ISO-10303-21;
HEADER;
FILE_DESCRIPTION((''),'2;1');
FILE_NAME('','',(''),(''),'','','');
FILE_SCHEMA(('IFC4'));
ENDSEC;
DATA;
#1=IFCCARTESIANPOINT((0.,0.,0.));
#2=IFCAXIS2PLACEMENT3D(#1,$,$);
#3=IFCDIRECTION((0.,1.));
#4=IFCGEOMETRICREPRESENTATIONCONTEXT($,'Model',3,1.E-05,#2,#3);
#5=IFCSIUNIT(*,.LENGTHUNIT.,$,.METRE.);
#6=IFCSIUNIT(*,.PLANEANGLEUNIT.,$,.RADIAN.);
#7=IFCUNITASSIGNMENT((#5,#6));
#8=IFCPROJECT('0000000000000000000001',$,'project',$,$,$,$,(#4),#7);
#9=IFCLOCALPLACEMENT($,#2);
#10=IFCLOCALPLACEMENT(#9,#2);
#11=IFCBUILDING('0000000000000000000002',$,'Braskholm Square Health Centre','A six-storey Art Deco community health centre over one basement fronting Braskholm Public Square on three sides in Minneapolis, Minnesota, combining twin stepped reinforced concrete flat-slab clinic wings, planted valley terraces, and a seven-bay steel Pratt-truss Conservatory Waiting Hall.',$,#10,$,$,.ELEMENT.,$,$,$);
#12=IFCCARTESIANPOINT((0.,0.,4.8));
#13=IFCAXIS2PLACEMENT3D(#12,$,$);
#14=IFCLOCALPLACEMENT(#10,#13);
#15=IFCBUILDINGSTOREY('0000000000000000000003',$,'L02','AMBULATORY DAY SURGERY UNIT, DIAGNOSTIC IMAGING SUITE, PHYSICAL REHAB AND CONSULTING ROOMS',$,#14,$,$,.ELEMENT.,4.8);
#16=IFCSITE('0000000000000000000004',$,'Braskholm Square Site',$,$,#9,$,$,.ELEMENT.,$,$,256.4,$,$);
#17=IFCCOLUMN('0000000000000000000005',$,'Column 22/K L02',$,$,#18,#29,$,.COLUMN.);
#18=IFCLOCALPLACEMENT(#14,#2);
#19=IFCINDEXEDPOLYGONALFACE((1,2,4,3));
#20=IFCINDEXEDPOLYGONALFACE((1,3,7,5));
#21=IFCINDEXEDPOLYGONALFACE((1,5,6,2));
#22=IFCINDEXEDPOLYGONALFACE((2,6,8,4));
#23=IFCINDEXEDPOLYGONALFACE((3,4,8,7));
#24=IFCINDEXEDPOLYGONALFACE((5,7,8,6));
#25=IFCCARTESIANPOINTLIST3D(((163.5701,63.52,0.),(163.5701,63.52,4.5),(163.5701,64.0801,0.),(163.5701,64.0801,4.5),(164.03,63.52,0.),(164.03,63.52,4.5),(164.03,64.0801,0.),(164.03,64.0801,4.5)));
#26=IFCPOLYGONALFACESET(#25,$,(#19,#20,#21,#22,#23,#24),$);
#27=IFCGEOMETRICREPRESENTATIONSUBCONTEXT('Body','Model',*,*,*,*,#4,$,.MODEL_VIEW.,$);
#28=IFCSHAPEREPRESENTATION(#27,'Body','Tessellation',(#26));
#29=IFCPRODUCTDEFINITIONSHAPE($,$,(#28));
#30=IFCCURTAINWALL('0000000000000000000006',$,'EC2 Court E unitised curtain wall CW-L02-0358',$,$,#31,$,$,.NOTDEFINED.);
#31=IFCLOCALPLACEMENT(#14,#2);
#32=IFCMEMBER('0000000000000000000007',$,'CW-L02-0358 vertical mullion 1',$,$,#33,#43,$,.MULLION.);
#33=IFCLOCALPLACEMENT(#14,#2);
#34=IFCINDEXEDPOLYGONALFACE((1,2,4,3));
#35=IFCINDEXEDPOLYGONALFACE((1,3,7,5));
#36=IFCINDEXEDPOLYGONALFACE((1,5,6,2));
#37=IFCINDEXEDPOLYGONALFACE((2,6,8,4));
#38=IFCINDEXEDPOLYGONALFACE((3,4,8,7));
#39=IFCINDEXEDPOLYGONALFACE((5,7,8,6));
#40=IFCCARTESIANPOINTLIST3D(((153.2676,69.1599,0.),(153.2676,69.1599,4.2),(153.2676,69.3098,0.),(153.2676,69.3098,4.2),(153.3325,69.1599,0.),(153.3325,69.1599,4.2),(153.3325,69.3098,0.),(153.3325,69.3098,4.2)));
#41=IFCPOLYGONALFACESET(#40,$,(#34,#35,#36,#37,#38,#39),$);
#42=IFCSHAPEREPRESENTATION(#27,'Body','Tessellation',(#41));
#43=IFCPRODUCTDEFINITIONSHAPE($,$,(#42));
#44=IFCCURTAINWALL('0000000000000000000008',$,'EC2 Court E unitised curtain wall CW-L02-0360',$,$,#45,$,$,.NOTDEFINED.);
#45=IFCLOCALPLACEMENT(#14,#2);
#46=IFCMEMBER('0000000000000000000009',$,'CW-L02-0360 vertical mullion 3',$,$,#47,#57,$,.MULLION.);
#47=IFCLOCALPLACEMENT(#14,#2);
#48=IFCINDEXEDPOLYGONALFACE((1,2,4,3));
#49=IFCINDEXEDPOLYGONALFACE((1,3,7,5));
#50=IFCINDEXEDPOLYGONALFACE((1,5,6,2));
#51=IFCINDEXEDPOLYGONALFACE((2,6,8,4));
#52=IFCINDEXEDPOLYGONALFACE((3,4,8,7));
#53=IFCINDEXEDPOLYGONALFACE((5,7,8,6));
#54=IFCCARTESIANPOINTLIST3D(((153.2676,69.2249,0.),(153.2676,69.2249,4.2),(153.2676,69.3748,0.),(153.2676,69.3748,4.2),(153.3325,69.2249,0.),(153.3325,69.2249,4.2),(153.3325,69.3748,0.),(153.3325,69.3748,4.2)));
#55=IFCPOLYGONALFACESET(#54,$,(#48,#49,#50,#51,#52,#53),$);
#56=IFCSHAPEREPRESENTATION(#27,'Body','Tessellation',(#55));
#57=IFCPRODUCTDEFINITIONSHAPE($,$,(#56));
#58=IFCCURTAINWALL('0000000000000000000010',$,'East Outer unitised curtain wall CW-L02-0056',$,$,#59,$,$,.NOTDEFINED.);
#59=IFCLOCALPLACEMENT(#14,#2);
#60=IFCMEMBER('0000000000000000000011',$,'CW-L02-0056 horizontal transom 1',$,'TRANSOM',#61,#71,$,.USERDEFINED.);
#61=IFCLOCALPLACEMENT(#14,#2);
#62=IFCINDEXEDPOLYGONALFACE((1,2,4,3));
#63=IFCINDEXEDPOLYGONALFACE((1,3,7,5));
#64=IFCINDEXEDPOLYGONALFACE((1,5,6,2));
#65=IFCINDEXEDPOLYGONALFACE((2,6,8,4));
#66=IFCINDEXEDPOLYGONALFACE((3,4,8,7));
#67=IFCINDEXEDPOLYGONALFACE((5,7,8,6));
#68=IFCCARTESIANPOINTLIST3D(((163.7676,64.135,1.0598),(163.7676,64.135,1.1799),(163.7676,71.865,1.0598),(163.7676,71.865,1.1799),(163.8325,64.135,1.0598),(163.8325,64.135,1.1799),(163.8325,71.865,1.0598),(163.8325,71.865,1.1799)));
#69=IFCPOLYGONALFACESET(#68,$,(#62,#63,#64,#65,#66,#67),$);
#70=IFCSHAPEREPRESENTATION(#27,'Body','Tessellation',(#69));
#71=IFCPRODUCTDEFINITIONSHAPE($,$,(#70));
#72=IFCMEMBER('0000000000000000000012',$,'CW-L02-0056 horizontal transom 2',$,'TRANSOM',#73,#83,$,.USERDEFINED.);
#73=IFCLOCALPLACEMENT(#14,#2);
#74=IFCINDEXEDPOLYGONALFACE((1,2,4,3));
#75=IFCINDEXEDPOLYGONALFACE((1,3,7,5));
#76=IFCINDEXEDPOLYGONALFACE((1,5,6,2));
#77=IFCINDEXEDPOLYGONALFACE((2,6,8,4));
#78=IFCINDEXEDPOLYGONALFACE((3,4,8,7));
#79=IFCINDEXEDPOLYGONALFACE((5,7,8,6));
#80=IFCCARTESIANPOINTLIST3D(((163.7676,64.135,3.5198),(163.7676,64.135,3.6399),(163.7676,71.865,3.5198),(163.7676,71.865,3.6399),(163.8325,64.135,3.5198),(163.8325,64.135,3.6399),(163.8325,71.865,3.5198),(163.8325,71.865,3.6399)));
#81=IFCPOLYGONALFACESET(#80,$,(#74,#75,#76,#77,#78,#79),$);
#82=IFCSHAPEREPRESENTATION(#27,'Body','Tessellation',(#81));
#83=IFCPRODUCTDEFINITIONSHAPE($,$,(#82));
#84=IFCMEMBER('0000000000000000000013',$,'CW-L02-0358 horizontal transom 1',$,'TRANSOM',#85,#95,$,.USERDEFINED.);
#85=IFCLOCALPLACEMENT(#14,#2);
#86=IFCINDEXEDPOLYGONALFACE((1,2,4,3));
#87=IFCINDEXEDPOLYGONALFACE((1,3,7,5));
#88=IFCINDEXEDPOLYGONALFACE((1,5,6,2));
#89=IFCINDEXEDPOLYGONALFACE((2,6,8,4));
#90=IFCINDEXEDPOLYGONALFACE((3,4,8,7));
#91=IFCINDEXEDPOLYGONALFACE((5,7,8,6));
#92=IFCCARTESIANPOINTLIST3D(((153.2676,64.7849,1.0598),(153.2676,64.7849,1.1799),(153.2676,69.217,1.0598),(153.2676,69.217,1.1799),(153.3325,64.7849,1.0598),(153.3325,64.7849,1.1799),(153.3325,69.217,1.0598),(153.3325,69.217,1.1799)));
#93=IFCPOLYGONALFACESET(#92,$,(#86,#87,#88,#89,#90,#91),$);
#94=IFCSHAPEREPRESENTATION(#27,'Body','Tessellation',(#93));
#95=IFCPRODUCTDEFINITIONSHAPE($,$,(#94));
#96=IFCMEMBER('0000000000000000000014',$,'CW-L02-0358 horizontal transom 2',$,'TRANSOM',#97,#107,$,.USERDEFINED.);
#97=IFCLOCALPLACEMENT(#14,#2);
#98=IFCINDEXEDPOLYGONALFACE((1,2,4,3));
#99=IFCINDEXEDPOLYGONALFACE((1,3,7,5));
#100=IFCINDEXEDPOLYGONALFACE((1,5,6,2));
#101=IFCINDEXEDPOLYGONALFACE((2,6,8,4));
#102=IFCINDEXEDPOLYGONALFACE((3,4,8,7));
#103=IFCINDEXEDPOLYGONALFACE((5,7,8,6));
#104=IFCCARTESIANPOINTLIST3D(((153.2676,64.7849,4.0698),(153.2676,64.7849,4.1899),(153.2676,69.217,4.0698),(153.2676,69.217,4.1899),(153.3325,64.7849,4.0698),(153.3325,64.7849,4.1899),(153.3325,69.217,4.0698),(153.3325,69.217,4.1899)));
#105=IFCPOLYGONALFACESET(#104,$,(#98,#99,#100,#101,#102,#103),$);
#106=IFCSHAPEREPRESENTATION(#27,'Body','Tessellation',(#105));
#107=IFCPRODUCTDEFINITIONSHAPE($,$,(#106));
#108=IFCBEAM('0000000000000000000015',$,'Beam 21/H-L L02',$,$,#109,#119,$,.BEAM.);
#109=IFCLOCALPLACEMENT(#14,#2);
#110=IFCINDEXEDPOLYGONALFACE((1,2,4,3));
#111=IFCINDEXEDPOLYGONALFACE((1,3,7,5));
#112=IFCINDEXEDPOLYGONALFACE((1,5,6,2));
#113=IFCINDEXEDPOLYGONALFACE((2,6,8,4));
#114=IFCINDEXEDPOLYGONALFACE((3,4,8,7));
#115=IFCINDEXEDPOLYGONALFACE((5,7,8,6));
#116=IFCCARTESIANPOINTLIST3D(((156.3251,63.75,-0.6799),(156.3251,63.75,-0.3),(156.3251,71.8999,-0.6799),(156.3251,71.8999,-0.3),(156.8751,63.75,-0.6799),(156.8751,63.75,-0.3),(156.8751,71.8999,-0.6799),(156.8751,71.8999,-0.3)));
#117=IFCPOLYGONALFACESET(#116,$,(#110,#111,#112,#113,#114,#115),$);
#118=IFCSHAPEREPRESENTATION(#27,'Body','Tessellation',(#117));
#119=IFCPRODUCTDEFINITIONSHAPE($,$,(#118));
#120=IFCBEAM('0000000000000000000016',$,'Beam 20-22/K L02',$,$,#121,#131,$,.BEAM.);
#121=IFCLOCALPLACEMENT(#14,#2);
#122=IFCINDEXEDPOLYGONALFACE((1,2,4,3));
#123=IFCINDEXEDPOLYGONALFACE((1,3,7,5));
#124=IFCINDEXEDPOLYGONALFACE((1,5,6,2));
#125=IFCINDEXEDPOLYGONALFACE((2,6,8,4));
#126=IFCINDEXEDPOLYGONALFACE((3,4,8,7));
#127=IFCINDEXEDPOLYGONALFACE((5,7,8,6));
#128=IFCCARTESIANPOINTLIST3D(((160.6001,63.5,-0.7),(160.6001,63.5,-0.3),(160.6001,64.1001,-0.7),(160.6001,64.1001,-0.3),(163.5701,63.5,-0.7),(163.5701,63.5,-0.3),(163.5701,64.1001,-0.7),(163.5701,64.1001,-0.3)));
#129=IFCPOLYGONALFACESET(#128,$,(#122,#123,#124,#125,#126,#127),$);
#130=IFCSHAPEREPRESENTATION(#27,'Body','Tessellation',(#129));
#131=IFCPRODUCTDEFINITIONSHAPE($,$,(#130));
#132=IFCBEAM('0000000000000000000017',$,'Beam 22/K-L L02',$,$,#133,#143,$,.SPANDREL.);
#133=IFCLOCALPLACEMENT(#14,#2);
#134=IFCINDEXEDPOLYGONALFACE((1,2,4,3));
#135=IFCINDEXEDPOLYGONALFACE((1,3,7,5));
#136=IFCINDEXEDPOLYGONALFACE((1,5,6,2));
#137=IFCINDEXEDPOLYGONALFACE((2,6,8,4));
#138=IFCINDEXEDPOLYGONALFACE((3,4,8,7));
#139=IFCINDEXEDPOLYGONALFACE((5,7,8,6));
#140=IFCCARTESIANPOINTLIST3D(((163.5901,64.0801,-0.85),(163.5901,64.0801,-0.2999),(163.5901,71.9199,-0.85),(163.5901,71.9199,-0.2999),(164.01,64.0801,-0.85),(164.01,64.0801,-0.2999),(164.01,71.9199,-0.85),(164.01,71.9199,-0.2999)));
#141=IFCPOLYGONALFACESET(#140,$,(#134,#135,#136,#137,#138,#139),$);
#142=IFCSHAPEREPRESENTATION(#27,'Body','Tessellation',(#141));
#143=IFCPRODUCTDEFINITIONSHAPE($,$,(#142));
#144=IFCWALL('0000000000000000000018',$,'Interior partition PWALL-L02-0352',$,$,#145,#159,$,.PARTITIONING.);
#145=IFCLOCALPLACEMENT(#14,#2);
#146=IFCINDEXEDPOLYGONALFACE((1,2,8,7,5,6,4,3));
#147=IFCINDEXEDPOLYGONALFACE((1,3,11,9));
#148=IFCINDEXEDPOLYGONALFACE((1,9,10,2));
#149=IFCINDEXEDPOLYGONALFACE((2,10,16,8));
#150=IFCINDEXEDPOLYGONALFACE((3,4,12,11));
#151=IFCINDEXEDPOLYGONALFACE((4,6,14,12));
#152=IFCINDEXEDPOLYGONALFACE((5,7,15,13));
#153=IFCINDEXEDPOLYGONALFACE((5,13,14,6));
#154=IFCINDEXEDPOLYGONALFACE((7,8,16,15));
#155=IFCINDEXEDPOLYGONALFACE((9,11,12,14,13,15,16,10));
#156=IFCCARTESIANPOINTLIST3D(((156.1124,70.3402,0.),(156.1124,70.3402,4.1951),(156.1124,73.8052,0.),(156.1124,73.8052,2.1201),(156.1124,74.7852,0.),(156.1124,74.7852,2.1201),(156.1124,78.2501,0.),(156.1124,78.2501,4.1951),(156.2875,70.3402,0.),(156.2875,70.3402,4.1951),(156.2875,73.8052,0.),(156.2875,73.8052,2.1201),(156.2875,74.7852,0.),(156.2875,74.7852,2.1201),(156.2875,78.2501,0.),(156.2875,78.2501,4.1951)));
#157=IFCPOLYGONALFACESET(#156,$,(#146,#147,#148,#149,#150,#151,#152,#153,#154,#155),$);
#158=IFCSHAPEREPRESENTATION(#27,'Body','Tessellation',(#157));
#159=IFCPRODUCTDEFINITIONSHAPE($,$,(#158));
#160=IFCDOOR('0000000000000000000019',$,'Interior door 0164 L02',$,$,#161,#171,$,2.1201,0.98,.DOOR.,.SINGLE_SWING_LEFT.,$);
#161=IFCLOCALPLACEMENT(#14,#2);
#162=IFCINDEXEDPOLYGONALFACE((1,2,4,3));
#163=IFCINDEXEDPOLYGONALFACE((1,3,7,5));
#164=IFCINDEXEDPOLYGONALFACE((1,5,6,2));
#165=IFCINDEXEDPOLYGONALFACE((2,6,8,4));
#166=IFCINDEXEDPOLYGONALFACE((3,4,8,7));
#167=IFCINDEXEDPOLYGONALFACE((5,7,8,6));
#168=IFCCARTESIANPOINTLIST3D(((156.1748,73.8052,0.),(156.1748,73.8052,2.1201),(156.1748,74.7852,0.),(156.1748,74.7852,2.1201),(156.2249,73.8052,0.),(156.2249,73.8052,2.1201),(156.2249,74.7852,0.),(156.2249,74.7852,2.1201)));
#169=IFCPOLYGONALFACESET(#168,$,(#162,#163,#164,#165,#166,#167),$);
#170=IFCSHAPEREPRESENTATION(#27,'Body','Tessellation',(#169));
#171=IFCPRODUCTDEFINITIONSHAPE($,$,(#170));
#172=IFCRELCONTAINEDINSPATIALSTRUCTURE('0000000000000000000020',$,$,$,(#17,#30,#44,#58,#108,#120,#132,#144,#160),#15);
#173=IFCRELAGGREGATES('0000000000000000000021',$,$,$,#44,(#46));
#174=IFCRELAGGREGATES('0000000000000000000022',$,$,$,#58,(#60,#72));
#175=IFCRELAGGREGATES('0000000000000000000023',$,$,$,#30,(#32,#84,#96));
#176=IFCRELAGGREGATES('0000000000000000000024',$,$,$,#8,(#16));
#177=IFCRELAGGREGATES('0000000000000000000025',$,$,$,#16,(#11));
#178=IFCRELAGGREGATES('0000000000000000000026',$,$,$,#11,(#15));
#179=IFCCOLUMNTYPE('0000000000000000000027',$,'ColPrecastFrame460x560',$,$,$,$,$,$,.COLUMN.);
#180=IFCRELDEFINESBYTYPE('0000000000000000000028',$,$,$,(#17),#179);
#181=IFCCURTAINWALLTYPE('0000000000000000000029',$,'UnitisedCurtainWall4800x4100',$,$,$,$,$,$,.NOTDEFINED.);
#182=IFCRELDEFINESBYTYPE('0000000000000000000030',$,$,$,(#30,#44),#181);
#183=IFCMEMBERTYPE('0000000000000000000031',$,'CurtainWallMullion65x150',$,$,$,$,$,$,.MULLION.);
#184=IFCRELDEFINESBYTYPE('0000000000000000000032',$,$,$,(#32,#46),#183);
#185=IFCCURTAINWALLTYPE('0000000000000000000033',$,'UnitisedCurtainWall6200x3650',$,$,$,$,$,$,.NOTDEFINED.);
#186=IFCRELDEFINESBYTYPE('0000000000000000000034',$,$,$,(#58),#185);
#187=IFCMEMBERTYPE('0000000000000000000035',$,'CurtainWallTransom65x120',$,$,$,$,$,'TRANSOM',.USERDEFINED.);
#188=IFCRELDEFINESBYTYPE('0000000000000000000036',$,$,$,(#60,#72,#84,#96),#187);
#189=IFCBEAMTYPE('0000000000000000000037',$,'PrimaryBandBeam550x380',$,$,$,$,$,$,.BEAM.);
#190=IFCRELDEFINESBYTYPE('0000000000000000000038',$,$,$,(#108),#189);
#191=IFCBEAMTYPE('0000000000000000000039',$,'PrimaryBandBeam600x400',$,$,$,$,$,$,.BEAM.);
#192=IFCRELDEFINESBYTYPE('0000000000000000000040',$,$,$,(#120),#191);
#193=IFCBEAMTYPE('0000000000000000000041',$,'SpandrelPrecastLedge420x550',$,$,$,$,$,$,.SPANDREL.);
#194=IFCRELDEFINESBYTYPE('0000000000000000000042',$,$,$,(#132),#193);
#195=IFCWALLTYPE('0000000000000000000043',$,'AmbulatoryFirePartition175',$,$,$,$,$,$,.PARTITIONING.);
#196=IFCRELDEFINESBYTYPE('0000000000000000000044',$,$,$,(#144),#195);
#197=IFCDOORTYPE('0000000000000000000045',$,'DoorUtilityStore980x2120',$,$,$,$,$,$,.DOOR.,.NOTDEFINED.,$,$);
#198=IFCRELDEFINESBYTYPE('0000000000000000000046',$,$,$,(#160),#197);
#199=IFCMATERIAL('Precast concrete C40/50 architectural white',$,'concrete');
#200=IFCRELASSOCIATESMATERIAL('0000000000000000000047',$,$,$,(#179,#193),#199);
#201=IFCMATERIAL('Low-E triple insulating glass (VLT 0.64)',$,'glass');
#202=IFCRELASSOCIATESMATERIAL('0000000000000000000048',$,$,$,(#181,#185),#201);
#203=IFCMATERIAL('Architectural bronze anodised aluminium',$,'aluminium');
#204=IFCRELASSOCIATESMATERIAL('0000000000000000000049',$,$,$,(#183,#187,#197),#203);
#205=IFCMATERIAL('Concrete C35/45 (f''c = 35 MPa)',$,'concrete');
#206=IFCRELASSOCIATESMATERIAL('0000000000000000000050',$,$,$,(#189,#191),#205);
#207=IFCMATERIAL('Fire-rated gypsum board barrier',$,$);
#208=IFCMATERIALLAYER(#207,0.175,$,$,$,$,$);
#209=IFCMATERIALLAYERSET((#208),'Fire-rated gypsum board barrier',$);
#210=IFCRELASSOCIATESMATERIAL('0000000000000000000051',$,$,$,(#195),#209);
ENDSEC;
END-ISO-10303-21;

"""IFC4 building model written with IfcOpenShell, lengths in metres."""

from ifc_helpers import new_model, si_unit, direction, frame, frame_2d, origin, origin_2d, place, context, subcontext, project, spatial, rectangle, extrude, material, layer, layer_set, material_profile, profile_set, type_object, element, fill, aggregate, save


model = new_model("IFC4")

# Units and contexts
model_context = context("Model", 3, precision=1e-05, world=origin(), true_north=direction((0.0, 1.0)))
body_context = subcontext(model_context, "Body", "Model", "MODEL_VIEW")
ifc_project = project(units=[si_unit("LENGTHUNIT", "METRE"), si_unit("PLANEANGLEUNIT", "RADIAN")], contexts=[model_context])

# Site, building, storey
site_placement = place(None, origin())
site = spatial("IfcSite", under=ifc_project, at=site_placement, Name="Braskholm Square Site", CompositionType="ELEMENT", RefElevation=256.4)
building_placement = place(site_placement, origin())
building = spatial("IfcBuilding", under=site, at=building_placement, Name="Braskholm Square Health Centre", Description="A six-storey Art Deco community health centre over one basement fronting Braskholm Public Square on three sides in Minneapolis, Minnesota, combining twin stepped reinforced concrete flat-slab clinic wings, planted valley terraces, and a seven-bay steel Pratt-truss Conservatory Waiting Hall.", CompositionType="ELEMENT")
storey_placement = place(building_placement, frame((0.0, 0.0, 4.8)))
storey = spatial("IfcBuildingStorey", under=building, at=storey_placement, Name="L02", Description="AMBULATORY DAY SURGERY UNIT, DIAGNOSTIC IMAGING SUITE, PHYSICAL REHAB AND CONSULTING ROOMS", CompositionType="ELEMENT", Elevation=4.8)

# Column
ifc_material_1 = material(Name="Precast concrete C40/50 architectural white", Category="concrete")
ifc_material_profile_1 = material_profile(ifc_material_1, rectangle(XDim=0.46, YDim=0.5601, at=origin_2d()), Name="RC-460X560")
ifc_profile_set_1 = profile_set([ifc_material_profile_1], Name="Precast concrete C40/50 architectural white")
column_type = type_object("IfcColumnType", Name="ColPrecastFrame460x560", PredefinedType="COLUMN", material=ifc_profile_set_1)
column_placement = place(storey_placement, frame((163.8, 63.8, 0.0), z_axis=(0.0, 0.0, 1.0), x_axis=(1.0, 0.0, 0.0)))
element("IfcColumn", 1, at=column_placement, inside=storey, type_object=column_type, Name="Column 22/K L02", PredefinedType="COLUMN", context=body_context, shape_type="SweptSolid", body=[
    extrude(rectangle(XDim=0.46, YDim=0.5601, at=origin_2d()), origin(), (0.0, 0.0, 1.0), 4.5),
])

# Curtain walls, members
ifc_material_2 = material(Name="Low-E triple insulating glass (VLT 0.64)", Category="glass")
curtain_wall_type_1 = type_object("IfcCurtainWallType", Name="UnitisedCurtainWall4800x4100", PredefinedType="NOTDEFINED", material=ifc_material_2)
curtain_wall_1_placement = place(storey_placement, origin())
curtain_wall_1 = element("IfcCurtainWall", 2, at=curtain_wall_1_placement, inside=storey, type_object=curtain_wall_type_1, Name="EC2 Court E unitised curtain wall CW-L02-0358", PredefinedType="NOTDEFINED")
ifc_material_3 = material(Name="Architectural bronze anodised aluminium", Category="aluminium")
ifc_material_profile_2 = material_profile(ifc_material_3, rectangle(XDim=0.0649, YDim=0.1499, at=origin_2d()), Name="ALU-65X150")
ifc_profile_set_2 = profile_set([ifc_material_profile_2], Name="Architectural bronze anodised aluminium")
member_type_1 = type_object("IfcMemberType", Name="CurtainWallMullion65x150", PredefinedType="MULLION", material=ifc_profile_set_2)
member_1_placement = place(storey_placement, frame((153.3, 69.2349, 0.0), z_axis=(0.0, 0.0, 1.0), x_axis=(1.0, 0.0, 0.0)))
member_1 = element("IfcMember", 3, at=member_1_placement, type_object=member_type_1, Name="CW-L02-0358 vertical mullion 1", PredefinedType="MULLION", context=body_context, shape_type="SweptSolid", body=[
    extrude(rectangle(XDim=0.0649, YDim=0.1499, at=origin_2d()), origin(), (0.0, 0.0, 1.0), 4.2),
])
curtain_wall_2_placement = place(storey_placement, origin())
curtain_wall_2 = element("IfcCurtainWall", 4, at=curtain_wall_2_placement, inside=storey, type_object=curtain_wall_type_1, Name="EC2 Court E unitised curtain wall CW-L02-0360", PredefinedType="NOTDEFINED")
member_2_placement = place(storey_placement, frame((153.3, 69.2998, 0.0), z_axis=(0.0, 0.0, 1.0), x_axis=(1.0, 0.0, 0.0)))
member_2 = element("IfcMember", 5, at=member_2_placement, type_object=member_type_1, Name="CW-L02-0360 vertical mullion 3", PredefinedType="MULLION", context=body_context, shape_type="SweptSolid", body=[
    extrude(rectangle(XDim=0.0649, YDim=0.1499, at=origin_2d()), origin(), (0.0, 0.0, 1.0), 4.2),
])
aggregate(curtain_wall_2, [member_2])

# Curtain wall, members
curtain_wall_type_2 = type_object("IfcCurtainWallType", Name="UnitisedCurtainWall6200x3650", PredefinedType="NOTDEFINED", material=ifc_material_2)
curtain_wall_3_placement = place(storey_placement, origin())
curtain_wall_3 = element("IfcCurtainWall", 6, at=curtain_wall_3_placement, inside=storey, type_object=curtain_wall_type_2, Name="East Outer unitised curtain wall CW-L02-0056", PredefinedType="NOTDEFINED")
ifc_material_profile_3 = material_profile(ifc_material_3, rectangle(XDim=0.0649, YDim=0.1201, at=origin_2d()), Name="ALU-65X120")
ifc_profile_set_3 = profile_set([ifc_material_profile_3], Name="Architectural bronze anodised aluminium")
member_type_2 = type_object("IfcMemberType", Name="CurtainWallTransom65x120", ElementType="TRANSOM", PredefinedType="USERDEFINED", material=ifc_profile_set_3)
member_3_placement = place(storey_placement, frame((163.8, 64.135, 1.1199), z_axis=(0.0, 1.0, 0.0), x_axis=(-1.0, 0.0, 0.0)))
member_3 = element("IfcMember", 7, at=member_3_placement, type_object=member_type_2, Name="CW-L02-0056 horizontal transom 1", ObjectType="TRANSOM", PredefinedType="USERDEFINED", context=body_context, shape_type="SweptSolid", body=[
    extrude(rectangle(XDim=0.0649, YDim=0.1201, at=origin_2d()), origin(), (0.0, 0.0, 1.0), 7.73),
])
member_4_placement = place(storey_placement, frame((163.8, 64.135, 3.5798), z_axis=(0.0, 1.0, 0.0), x_axis=(-1.0, 0.0, 0.0)))
member_4 = element("IfcMember", 8, at=member_4_placement, type_object=member_type_2, Name="CW-L02-0056 horizontal transom 2", ObjectType="TRANSOM", PredefinedType="USERDEFINED", context=body_context, shape_type="SweptSolid", body=[
    extrude(rectangle(XDim=0.0649, YDim=0.1201, at=origin_2d()), origin(), (0.0, 0.0, 1.0), 7.73),
])
aggregate(curtain_wall_3, [member_3, member_4])

# Members
member_5_placement = place(storey_placement, frame((153.3, 69.217, 1.1199), z_axis=(0.0, -1.0, 0.0), x_axis=(1.0, 0.0, 0.0)))
member_5 = element("IfcMember", 9, at=member_5_placement, type_object=member_type_2, Name="CW-L02-0358 horizontal transom 1", ObjectType="TRANSOM", PredefinedType="USERDEFINED", context=body_context, shape_type="SweptSolid", body=[
    extrude(rectangle(XDim=0.0649, YDim=0.1201, at=origin_2d()), origin(), (0.0, 0.0, 1.0), 4.4321),
])
member_6_placement = place(storey_placement, frame((153.3, 69.217, 4.1299), z_axis=(0.0, -1.0, 0.0), x_axis=(1.0, 0.0, 0.0)))
member_6 = element("IfcMember", 10, at=member_6_placement, type_object=member_type_2, Name="CW-L02-0358 horizontal transom 2", ObjectType="TRANSOM", PredefinedType="USERDEFINED", context=body_context, shape_type="SweptSolid", body=[
    extrude(rectangle(XDim=0.0649, YDim=0.1201, at=origin_2d()), origin(), (0.0, 0.0, 1.0), 4.4321),
])
aggregate(curtain_wall_1, [member_1, member_5, member_6])

# Beams
ifc_material_4 = material(Name="Concrete C35/45 (f'c = 35 MPa)", Category="concrete")
ifc_material_profile_4 = material_profile(ifc_material_4, rectangle(XDim=0.55, YDim=0.3799, at=origin_2d()), Name="RCB-550X380")
ifc_profile_set_4 = profile_set([ifc_material_profile_4], Name="Concrete C35/45 (f'c = 35 MPa)")
beam_type_1 = type_object("IfcBeamType", Name="PrimaryBandBeam550x380", PredefinedType="BEAM", material=ifc_profile_set_4)
beam_1_placement = place(storey_placement, frame((156.6001, 63.75, -0.49), z_axis=(0.0, 1.0, 0.0), x_axis=(-1.0, 0.0, 0.0)))
element("IfcBeam", 11, at=beam_1_placement, inside=storey, type_object=beam_type_1, Name="Beam 21/H-L L02", PredefinedType="BEAM", context=body_context, shape_type="SweptSolid", body=[
    extrude(rectangle(XDim=0.55, YDim=0.3799, at=origin_2d()), origin(), (0.0, 0.0, 1.0), 8.1499),
])
ifc_material_profile_5 = material_profile(ifc_material_4, rectangle(XDim=0.6001, YDim=0.3999, at=origin_2d()), Name="RCB-600X400")
ifc_profile_set_5 = profile_set([ifc_material_profile_5], Name="Concrete C35/45 (f'c = 35 MPa)")
beam_type_2 = type_object("IfcBeamType", Name="PrimaryBandBeam600x400", PredefinedType="BEAM", material=ifc_profile_set_5)
beam_2_placement = place(storey_placement, frame((160.6001, 63.8, -0.5), z_axis=(1.0, 0.0, 0.0), x_axis=(0.0, 1.0, 0.0)))
element("IfcBeam", 12, at=beam_2_placement, inside=storey, type_object=beam_type_2, Name="Beam 20-22/K L02", PredefinedType="BEAM", context=body_context, shape_type="SweptSolid", body=[
    extrude(rectangle(XDim=0.6001, YDim=0.3999, at=origin_2d()), origin(), (0.0, 0.0, 1.0), 2.97),
])
ifc_material_profile_6 = material_profile(ifc_material_1, rectangle(XDim=0.4199, YDim=0.55, at=origin_2d()), Name="RCB-420X550")
ifc_profile_set_6 = profile_set([ifc_material_profile_6], Name="Precast concrete C40/50 architectural white")
beam_type_3 = type_object("IfcBeamType", Name="SpandrelPrecastLedge420x550", PredefinedType="SPANDREL", material=ifc_profile_set_6)
beam_3_placement = place(storey_placement, frame((163.8, 64.0801, -0.575), z_axis=(0.0, 1.0, 0.0), x_axis=(-1.0, 0.0, 0.0)))
element("IfcBeam", 13, at=beam_3_placement, inside=storey, type_object=beam_type_3, Name="Beam 22/K-L L02", PredefinedType="SPANDREL", context=body_context, shape_type="SweptSolid", body=[
    extrude(rectangle(XDim=0.4199, YDim=0.55, at=origin_2d()), origin(), (0.0, 0.0, 1.0), 7.8398),
])

# Wall, opening, door
ifc_material_5 = material(Name="Fire-rated gypsum board barrier")
ifc_layer_1 = layer(ifc_material_5, 0.175)
ifc_layer_set_1 = layer_set([ifc_layer_1], Name="Fire-rated gypsum board barrier")
wall_type_1 = type_object("IfcWallType", Name="AmbulatoryFirePartition175", PredefinedType="PARTITIONING", material=ifc_layer_set_1)
wall_1_placement = place(storey_placement, frame((156.2, 70.3401, 0.0), z_axis=(0.0, 0.0, 1.0), x_axis=(0.0, 1.0, 0.0)))
wall_1 = element("IfcWall", 14, at=wall_1_placement, inside=storey, type_object=wall_type_1, Name="Interior partition PWALL-L02-0352", PredefinedType="PARTITIONING", context=body_context, shape_type="SweptSolid", body=[
    extrude(rectangle(XDim=7.9099, YDim=0.175, at=frame_2d((3.9551, 0.0))), origin(), (0.0, 0.0, 1.0), 4.1951),
])
opening_1_placement = place(wall_1_placement, frame((3.4651, 0.0, 0.0)))
opening_1 = element("IfcOpeningElement", 15, at=opening_1_placement, cuts=wall_1, PredefinedType="OPENING", context=body_context, shape_type="SweptSolid", body=[
    extrude(rectangle(XDim=0.98, YDim=2.1201, at=frame_2d((0.49, 1.0601))), frame((0.0, 0.0977, 0.0), z_axis=(0.0, -1.0, 0.0), x_axis=(1.0, 0.0, 0.0)), (0.0, 0.0, 1.0), 0.1951),
])
door_type_1 = type_object("IfcDoorType", Name="DoorUtilityStore980x2120", OperationType="NOTDEFINED", PredefinedType="DOOR", material=ifc_material_3)
door_1_placement = place(opening_1_placement, frame((0.98, 0.0, 0.0), z_axis=(0.0, 0.0, 1.0), x_axis=(-1.0, 0.0, 0.0)))
door_1 = element("IfcDoor", 16, at=door_1_placement, inside=storey, type_object=door_type_1, Name="Interior door 0164 L02", OperationType="SINGLE_SWING_LEFT", OverallHeight=2.1201, OverallWidth=0.98, PredefinedType="DOOR", context=body_context, shape_type="SweptSolid", body=[
    extrude(rectangle(XDim=0.98, YDim=2.1201, at=frame_2d((0.49, 1.0601))), frame((0.0, 0.0249, 0.0), z_axis=(0.0, -1.0, 0.0), x_axis=(1.0, 0.0, 0.0)), (0.0, 0.0, 1.0), 0.05),
])
fill(opening_1, door_1)

save(model, "model.ifc")
